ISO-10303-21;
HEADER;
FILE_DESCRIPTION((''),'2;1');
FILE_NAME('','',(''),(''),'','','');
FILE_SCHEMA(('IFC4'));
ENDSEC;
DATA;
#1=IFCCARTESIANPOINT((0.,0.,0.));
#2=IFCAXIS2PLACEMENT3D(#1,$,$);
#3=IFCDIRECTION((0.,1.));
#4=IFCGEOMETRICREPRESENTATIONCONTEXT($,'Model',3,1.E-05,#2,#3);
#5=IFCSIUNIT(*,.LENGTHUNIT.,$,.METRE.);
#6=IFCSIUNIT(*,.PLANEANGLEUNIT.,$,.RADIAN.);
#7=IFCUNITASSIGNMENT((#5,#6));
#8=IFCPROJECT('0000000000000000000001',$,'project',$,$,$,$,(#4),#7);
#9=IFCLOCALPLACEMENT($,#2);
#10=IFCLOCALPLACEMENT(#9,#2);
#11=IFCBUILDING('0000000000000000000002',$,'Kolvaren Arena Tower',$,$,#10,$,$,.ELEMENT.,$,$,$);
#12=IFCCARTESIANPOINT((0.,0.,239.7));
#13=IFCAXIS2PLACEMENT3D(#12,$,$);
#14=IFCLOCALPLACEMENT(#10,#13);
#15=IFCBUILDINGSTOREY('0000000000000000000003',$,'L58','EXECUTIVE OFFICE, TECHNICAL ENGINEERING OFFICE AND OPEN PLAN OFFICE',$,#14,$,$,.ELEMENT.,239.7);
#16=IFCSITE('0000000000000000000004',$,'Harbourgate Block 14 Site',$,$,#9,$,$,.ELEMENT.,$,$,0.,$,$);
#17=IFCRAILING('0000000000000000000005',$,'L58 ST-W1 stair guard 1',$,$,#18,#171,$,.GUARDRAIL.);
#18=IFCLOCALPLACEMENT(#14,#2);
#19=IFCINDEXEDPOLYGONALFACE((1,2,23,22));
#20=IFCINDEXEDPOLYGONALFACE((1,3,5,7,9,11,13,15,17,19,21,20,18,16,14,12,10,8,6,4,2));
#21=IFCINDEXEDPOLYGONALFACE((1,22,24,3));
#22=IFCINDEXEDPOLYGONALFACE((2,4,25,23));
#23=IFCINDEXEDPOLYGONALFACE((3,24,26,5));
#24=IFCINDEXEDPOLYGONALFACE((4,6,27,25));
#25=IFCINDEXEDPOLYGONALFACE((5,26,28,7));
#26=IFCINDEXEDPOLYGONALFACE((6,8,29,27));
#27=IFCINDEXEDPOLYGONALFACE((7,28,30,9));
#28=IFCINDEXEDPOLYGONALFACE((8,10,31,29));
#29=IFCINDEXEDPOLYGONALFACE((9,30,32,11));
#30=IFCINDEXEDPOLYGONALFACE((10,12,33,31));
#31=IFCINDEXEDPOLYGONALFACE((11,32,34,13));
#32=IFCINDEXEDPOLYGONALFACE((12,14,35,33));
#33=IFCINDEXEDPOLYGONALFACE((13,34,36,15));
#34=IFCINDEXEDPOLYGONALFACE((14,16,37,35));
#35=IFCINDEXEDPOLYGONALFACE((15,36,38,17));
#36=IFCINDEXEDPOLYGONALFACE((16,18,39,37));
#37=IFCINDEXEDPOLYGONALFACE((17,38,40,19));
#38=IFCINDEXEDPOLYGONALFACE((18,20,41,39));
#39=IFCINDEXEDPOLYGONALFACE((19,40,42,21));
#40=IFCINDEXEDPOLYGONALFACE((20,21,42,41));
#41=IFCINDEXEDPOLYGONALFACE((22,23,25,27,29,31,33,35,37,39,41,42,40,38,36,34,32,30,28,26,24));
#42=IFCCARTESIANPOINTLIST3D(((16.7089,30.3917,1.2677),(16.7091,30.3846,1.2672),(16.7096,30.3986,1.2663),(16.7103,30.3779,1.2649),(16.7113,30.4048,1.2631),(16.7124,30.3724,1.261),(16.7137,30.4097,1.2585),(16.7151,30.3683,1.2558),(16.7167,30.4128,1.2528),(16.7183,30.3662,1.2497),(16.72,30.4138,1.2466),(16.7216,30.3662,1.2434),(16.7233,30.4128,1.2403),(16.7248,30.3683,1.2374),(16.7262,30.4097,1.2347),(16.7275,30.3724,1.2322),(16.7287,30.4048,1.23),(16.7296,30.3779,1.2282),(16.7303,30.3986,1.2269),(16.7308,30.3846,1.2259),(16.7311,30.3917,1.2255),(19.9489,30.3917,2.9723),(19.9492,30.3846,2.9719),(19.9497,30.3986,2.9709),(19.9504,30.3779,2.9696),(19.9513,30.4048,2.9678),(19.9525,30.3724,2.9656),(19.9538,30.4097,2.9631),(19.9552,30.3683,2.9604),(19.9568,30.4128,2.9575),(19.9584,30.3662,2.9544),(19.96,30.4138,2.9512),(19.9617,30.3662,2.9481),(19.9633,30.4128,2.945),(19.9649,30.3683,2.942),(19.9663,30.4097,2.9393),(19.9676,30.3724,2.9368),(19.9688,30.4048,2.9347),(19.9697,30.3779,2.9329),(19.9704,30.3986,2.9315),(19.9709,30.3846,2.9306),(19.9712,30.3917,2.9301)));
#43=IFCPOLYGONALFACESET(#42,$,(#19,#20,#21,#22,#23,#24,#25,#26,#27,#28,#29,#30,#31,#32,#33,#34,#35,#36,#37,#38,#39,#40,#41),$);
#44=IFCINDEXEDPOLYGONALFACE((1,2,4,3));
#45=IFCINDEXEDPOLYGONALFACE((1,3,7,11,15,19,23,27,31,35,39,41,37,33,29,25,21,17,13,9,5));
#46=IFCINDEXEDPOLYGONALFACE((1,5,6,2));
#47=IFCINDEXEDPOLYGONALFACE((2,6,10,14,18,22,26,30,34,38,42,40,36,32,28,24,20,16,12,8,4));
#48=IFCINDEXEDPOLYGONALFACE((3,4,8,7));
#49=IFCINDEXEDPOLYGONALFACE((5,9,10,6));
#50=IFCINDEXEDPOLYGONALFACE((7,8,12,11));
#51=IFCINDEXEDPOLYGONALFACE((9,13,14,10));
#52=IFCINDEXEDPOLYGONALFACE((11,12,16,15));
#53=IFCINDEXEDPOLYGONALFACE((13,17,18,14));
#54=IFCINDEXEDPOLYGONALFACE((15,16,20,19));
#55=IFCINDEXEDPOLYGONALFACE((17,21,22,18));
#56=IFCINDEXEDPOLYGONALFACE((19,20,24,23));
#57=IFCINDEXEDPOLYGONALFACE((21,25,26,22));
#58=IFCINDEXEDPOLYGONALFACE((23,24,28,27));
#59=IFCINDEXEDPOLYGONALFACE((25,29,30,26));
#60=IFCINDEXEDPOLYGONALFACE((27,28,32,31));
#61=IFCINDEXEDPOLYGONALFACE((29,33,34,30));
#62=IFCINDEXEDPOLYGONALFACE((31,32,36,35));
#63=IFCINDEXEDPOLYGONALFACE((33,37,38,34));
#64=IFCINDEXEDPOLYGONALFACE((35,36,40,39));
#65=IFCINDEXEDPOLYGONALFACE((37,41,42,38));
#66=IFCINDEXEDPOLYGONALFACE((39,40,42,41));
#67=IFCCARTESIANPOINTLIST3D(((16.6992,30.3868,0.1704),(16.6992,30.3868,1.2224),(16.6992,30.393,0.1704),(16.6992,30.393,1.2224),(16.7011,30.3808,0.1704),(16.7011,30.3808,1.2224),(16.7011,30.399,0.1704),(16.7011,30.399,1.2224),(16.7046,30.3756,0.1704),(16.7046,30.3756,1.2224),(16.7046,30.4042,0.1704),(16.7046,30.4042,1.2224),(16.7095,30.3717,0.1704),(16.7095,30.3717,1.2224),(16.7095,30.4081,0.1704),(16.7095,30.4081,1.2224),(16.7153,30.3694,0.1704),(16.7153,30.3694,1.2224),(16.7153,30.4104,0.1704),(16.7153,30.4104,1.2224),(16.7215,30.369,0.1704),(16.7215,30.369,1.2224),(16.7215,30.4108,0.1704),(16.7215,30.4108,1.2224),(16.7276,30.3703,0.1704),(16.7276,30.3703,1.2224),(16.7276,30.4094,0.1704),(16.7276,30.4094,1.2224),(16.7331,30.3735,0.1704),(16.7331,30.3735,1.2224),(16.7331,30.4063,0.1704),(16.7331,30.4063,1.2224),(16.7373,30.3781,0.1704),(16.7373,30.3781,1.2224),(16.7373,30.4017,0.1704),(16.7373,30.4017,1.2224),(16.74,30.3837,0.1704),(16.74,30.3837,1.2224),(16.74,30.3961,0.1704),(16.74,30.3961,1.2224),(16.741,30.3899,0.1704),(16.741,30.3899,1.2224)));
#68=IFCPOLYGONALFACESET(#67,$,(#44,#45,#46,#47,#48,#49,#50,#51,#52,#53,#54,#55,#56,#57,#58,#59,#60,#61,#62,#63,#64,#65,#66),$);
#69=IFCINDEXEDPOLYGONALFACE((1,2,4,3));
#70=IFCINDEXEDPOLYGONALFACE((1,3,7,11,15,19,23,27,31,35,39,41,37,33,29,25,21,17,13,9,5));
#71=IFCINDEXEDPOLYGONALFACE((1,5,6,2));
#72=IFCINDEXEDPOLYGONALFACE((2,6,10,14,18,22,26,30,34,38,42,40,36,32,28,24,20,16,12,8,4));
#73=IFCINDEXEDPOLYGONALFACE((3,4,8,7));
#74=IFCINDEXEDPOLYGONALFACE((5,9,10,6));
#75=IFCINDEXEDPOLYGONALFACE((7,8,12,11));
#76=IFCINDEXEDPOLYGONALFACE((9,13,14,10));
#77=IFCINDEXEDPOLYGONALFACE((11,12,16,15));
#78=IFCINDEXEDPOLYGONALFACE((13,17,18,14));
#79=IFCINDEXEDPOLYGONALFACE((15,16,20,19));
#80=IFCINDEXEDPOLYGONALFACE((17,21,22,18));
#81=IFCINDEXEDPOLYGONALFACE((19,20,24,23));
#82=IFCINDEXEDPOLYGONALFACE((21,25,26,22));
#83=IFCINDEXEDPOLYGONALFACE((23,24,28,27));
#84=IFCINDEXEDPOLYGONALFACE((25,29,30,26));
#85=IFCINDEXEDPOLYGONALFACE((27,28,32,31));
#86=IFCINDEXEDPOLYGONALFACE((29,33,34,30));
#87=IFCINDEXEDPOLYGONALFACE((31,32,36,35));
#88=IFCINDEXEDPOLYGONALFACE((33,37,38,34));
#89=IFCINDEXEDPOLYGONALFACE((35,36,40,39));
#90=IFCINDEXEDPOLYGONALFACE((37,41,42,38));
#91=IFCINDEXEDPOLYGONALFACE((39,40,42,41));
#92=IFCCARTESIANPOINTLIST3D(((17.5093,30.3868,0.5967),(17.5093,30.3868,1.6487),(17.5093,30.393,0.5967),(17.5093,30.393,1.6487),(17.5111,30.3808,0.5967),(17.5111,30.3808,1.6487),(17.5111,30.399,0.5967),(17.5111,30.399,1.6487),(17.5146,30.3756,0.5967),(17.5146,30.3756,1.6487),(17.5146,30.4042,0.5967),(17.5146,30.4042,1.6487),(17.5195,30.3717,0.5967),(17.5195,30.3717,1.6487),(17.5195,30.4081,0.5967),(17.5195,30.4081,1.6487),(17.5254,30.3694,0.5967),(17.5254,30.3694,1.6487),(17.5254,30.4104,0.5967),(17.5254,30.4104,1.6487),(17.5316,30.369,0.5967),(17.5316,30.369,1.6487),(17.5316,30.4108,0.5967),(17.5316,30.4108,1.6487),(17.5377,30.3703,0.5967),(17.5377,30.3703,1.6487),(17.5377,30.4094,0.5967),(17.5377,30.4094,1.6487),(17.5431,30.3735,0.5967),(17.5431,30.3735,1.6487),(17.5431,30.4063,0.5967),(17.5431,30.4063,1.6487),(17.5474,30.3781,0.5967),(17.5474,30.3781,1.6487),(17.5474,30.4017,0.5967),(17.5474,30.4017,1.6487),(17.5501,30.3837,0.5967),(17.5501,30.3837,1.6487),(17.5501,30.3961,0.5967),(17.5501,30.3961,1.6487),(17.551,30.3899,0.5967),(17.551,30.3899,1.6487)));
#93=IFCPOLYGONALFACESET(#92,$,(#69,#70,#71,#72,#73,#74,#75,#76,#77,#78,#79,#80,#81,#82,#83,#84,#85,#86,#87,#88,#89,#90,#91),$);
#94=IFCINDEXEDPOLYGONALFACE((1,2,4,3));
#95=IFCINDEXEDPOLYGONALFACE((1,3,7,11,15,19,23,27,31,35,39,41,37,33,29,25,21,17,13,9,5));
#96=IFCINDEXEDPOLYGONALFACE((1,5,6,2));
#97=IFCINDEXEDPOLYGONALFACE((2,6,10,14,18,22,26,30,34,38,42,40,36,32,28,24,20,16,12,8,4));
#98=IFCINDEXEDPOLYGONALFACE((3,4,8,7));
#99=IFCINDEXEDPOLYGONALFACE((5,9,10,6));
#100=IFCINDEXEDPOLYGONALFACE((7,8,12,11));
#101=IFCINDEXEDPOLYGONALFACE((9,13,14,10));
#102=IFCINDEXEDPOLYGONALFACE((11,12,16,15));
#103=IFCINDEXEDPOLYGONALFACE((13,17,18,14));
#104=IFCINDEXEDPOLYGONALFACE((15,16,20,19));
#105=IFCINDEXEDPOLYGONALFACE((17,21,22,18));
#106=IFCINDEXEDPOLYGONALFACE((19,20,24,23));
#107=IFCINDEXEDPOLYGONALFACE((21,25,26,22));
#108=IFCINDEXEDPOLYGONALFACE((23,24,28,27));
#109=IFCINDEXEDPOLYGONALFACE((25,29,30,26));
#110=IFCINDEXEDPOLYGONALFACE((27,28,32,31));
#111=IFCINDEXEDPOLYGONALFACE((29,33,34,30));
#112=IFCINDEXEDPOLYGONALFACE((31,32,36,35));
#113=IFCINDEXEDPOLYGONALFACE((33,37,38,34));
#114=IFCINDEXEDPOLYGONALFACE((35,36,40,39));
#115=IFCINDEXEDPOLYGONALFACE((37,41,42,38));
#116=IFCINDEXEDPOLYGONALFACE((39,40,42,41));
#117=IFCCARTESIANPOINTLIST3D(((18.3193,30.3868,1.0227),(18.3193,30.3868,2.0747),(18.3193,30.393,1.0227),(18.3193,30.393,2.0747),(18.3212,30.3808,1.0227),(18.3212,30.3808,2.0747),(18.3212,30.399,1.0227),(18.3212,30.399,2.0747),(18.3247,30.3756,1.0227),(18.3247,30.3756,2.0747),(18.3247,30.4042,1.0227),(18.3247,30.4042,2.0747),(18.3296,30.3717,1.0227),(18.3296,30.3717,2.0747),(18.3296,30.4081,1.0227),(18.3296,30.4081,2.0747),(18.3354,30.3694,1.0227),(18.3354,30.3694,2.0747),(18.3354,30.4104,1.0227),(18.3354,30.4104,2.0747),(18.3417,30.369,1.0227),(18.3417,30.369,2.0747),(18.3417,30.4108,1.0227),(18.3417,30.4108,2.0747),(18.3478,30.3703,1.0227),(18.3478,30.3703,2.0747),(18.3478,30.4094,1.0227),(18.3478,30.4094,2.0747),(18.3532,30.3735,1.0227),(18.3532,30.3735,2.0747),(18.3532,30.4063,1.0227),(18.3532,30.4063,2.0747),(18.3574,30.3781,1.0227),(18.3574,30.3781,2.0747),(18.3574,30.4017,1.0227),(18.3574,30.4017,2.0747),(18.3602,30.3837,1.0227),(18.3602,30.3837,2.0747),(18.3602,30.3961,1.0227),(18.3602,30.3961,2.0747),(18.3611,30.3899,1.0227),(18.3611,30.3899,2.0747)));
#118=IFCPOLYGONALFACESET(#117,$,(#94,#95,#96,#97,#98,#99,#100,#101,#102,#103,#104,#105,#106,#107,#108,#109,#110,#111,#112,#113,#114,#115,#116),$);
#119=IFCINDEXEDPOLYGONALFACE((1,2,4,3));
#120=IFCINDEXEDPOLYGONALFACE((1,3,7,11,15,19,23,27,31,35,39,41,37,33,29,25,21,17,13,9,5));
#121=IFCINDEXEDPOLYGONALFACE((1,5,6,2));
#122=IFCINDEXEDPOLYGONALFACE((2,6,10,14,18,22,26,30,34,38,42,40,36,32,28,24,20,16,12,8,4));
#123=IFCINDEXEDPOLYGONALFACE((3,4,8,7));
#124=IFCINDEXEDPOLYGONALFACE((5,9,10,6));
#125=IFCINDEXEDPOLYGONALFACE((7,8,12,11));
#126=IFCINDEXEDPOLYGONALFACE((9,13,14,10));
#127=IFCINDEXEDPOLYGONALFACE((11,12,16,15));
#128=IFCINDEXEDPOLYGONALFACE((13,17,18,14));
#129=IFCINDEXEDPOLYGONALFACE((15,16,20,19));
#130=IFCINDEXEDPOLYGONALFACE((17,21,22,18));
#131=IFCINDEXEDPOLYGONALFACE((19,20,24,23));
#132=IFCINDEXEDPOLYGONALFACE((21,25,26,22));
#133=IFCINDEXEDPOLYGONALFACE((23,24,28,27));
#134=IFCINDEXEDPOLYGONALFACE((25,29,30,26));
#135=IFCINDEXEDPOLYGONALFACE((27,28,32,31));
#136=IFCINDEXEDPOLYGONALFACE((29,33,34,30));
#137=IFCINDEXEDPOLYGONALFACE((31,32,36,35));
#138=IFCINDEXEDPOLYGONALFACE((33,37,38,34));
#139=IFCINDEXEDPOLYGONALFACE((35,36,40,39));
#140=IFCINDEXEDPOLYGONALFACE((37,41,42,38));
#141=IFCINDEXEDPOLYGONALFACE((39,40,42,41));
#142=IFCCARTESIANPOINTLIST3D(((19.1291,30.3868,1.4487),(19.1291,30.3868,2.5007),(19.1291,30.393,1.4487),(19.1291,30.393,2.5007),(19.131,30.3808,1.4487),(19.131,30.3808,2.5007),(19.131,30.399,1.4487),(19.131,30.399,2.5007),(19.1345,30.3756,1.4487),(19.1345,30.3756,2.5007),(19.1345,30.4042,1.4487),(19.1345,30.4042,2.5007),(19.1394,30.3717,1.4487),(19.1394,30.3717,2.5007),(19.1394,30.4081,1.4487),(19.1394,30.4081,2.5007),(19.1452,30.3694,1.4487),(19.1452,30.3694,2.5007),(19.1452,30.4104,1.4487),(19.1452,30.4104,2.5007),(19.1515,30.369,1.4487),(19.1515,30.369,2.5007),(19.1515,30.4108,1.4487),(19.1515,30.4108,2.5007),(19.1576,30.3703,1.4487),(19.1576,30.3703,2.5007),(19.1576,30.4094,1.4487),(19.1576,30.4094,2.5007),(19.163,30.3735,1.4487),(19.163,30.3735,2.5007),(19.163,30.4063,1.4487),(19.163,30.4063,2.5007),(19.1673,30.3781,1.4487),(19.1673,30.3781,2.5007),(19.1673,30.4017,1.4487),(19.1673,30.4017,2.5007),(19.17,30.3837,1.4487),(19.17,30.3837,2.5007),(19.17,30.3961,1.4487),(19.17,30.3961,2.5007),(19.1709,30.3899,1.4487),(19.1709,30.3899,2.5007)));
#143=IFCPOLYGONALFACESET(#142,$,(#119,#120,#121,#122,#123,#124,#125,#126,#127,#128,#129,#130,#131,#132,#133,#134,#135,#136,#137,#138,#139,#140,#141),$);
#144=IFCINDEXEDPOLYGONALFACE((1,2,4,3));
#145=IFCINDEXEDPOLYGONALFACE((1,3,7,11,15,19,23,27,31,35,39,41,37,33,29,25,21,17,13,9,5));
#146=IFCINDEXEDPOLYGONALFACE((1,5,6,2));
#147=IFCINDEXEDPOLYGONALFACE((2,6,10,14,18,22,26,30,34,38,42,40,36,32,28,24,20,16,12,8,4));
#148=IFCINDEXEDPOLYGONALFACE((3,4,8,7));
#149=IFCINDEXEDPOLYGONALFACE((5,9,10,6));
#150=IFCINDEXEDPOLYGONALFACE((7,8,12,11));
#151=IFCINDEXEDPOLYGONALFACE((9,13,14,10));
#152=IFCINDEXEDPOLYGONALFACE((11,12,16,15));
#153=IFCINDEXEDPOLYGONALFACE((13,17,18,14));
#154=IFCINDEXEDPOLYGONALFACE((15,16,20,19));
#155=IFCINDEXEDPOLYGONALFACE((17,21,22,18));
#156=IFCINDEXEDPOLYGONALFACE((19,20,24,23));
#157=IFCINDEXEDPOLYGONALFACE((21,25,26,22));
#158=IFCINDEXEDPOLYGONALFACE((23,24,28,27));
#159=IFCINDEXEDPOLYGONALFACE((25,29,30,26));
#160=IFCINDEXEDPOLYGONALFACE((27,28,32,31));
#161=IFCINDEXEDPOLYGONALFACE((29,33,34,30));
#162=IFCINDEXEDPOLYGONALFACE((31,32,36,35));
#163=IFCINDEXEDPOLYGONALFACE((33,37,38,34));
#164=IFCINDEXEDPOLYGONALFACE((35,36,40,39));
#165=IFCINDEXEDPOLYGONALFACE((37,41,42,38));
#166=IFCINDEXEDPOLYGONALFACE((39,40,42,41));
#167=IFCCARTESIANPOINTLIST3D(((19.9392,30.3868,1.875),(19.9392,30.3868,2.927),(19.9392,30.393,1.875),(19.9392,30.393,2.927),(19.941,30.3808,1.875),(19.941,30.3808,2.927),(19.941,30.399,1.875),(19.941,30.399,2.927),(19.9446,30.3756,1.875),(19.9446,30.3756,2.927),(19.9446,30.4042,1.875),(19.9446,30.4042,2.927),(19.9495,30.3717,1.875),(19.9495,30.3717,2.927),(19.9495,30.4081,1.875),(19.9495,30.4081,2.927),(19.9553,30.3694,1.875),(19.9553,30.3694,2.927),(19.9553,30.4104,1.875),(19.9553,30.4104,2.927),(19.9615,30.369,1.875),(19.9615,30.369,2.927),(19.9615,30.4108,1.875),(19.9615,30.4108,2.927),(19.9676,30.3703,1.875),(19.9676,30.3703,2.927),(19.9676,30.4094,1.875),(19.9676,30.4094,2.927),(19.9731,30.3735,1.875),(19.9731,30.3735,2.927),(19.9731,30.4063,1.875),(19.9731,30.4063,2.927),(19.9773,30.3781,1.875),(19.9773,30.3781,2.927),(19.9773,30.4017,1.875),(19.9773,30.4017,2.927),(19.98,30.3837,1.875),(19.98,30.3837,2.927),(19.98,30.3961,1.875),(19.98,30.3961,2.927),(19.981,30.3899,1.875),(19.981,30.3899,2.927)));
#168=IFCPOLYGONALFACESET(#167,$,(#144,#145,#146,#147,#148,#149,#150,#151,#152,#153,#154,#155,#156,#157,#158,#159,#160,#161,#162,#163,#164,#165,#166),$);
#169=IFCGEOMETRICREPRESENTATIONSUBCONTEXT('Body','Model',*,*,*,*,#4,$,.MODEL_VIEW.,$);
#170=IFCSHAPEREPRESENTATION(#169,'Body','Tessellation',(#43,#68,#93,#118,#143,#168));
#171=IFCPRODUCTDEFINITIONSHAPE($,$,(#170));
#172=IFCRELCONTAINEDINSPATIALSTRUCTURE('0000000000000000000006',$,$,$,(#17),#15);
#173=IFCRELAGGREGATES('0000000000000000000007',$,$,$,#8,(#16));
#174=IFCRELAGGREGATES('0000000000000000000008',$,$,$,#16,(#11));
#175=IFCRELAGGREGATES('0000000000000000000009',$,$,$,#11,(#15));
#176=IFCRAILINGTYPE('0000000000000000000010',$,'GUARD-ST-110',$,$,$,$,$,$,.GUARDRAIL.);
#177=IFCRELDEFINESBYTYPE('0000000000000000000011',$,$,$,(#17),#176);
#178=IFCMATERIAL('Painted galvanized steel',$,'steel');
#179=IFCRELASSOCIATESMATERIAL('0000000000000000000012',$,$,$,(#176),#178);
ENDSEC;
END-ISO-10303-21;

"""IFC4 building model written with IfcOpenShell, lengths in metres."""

from ifc_helpers import new_model, si_unit, direction, frame, origin, origin_2d, place, context, subcontext, project, spatial, circle, extrude, material, type_object, element, save


model = new_model("IFC4")

# Units and contexts
model_context = context("Model", 3, precision=1e-05, world=origin(), true_north=direction((0.0, 1.0)))
body_context = subcontext(model_context, "Body", "Model", "MODEL_VIEW")
ifc_project = project(units=[si_unit("LENGTHUNIT", "METRE"), si_unit("PLANEANGLEUNIT", "RADIAN")], contexts=[model_context])

# Site, building, storey
site_placement = place(None, origin())
site = spatial("IfcSite", under=ifc_project, at=site_placement, Name="Harbourgate Block 14 Site", CompositionType="ELEMENT", RefElevation=0.0)
building_placement = place(site_placement, origin())
building = spatial("IfcBuilding", under=site, at=building_placement, Name="Kolvaren Arena Tower", CompositionType="ELEMENT")
storey_placement = place(building_placement, frame((0.0, 0.0, 239.7)))
storey = spatial("IfcBuildingStorey", under=building, at=storey_placement, Name="L58", Description="EXECUTIVE OFFICE, TECHNICAL ENGINEERING OFFICE AND OPEN PLAN OFFICE", CompositionType="ELEMENT", Elevation=239.7)

# Railing
ifc_material_1 = material(Name="Painted galvanized steel", Category="steel")
railing_type_1 = type_object("IfcRailingType", Name="GUARD-ST-110", PredefinedType="GUARDRAIL", material=ifc_material_1)
railing_1_placement = place(storey_placement, frame((16.72, 30.3899, 0.1704)))
element("IfcRailing", 1, at=railing_1_placement, inside=storey, type_object=railing_type_1, Name="L58 ST-W1 stair guard 1", PredefinedType="GUARDRAIL", context=body_context, shape_type="SweptSolid", body=[
    extrude(circle(Radius=0.0239, at=origin_2d()), frame((0.0, 0.0, 1.0762), z_axis=(0.884993, 0.0, 0.465604), x_axis=(0.0, 1.0, 0.0)), (0.0, 0.0, 1.0), 3.6611),
    extrude(circle(Radius=0.021, at=origin_2d()), origin(), (0.0, 0.0, 1.0), 1.052),
    extrude(circle(Radius=0.021, at=origin_2d()), frame((0.8101, 0.0, 0.4263)), (0.0, 0.0, 1.0), 1.052),
    extrude(circle(Radius=0.021, at=origin_2d()), frame((1.6201, 0.0, 0.8523)), (0.0, 0.0, 1.0), 1.052),
    extrude(circle(Radius=0.021, at=origin_2d()), frame((2.4299, 0.0, 1.2783)), (0.0, 0.0, 1.0), 1.052),
    extrude(circle(Radius=0.021, at=origin_2d()), frame((3.24, 0.0, 1.7046)), (0.0, 0.0, 1.0), 1.052),
])

save(model, "model.ifc")
